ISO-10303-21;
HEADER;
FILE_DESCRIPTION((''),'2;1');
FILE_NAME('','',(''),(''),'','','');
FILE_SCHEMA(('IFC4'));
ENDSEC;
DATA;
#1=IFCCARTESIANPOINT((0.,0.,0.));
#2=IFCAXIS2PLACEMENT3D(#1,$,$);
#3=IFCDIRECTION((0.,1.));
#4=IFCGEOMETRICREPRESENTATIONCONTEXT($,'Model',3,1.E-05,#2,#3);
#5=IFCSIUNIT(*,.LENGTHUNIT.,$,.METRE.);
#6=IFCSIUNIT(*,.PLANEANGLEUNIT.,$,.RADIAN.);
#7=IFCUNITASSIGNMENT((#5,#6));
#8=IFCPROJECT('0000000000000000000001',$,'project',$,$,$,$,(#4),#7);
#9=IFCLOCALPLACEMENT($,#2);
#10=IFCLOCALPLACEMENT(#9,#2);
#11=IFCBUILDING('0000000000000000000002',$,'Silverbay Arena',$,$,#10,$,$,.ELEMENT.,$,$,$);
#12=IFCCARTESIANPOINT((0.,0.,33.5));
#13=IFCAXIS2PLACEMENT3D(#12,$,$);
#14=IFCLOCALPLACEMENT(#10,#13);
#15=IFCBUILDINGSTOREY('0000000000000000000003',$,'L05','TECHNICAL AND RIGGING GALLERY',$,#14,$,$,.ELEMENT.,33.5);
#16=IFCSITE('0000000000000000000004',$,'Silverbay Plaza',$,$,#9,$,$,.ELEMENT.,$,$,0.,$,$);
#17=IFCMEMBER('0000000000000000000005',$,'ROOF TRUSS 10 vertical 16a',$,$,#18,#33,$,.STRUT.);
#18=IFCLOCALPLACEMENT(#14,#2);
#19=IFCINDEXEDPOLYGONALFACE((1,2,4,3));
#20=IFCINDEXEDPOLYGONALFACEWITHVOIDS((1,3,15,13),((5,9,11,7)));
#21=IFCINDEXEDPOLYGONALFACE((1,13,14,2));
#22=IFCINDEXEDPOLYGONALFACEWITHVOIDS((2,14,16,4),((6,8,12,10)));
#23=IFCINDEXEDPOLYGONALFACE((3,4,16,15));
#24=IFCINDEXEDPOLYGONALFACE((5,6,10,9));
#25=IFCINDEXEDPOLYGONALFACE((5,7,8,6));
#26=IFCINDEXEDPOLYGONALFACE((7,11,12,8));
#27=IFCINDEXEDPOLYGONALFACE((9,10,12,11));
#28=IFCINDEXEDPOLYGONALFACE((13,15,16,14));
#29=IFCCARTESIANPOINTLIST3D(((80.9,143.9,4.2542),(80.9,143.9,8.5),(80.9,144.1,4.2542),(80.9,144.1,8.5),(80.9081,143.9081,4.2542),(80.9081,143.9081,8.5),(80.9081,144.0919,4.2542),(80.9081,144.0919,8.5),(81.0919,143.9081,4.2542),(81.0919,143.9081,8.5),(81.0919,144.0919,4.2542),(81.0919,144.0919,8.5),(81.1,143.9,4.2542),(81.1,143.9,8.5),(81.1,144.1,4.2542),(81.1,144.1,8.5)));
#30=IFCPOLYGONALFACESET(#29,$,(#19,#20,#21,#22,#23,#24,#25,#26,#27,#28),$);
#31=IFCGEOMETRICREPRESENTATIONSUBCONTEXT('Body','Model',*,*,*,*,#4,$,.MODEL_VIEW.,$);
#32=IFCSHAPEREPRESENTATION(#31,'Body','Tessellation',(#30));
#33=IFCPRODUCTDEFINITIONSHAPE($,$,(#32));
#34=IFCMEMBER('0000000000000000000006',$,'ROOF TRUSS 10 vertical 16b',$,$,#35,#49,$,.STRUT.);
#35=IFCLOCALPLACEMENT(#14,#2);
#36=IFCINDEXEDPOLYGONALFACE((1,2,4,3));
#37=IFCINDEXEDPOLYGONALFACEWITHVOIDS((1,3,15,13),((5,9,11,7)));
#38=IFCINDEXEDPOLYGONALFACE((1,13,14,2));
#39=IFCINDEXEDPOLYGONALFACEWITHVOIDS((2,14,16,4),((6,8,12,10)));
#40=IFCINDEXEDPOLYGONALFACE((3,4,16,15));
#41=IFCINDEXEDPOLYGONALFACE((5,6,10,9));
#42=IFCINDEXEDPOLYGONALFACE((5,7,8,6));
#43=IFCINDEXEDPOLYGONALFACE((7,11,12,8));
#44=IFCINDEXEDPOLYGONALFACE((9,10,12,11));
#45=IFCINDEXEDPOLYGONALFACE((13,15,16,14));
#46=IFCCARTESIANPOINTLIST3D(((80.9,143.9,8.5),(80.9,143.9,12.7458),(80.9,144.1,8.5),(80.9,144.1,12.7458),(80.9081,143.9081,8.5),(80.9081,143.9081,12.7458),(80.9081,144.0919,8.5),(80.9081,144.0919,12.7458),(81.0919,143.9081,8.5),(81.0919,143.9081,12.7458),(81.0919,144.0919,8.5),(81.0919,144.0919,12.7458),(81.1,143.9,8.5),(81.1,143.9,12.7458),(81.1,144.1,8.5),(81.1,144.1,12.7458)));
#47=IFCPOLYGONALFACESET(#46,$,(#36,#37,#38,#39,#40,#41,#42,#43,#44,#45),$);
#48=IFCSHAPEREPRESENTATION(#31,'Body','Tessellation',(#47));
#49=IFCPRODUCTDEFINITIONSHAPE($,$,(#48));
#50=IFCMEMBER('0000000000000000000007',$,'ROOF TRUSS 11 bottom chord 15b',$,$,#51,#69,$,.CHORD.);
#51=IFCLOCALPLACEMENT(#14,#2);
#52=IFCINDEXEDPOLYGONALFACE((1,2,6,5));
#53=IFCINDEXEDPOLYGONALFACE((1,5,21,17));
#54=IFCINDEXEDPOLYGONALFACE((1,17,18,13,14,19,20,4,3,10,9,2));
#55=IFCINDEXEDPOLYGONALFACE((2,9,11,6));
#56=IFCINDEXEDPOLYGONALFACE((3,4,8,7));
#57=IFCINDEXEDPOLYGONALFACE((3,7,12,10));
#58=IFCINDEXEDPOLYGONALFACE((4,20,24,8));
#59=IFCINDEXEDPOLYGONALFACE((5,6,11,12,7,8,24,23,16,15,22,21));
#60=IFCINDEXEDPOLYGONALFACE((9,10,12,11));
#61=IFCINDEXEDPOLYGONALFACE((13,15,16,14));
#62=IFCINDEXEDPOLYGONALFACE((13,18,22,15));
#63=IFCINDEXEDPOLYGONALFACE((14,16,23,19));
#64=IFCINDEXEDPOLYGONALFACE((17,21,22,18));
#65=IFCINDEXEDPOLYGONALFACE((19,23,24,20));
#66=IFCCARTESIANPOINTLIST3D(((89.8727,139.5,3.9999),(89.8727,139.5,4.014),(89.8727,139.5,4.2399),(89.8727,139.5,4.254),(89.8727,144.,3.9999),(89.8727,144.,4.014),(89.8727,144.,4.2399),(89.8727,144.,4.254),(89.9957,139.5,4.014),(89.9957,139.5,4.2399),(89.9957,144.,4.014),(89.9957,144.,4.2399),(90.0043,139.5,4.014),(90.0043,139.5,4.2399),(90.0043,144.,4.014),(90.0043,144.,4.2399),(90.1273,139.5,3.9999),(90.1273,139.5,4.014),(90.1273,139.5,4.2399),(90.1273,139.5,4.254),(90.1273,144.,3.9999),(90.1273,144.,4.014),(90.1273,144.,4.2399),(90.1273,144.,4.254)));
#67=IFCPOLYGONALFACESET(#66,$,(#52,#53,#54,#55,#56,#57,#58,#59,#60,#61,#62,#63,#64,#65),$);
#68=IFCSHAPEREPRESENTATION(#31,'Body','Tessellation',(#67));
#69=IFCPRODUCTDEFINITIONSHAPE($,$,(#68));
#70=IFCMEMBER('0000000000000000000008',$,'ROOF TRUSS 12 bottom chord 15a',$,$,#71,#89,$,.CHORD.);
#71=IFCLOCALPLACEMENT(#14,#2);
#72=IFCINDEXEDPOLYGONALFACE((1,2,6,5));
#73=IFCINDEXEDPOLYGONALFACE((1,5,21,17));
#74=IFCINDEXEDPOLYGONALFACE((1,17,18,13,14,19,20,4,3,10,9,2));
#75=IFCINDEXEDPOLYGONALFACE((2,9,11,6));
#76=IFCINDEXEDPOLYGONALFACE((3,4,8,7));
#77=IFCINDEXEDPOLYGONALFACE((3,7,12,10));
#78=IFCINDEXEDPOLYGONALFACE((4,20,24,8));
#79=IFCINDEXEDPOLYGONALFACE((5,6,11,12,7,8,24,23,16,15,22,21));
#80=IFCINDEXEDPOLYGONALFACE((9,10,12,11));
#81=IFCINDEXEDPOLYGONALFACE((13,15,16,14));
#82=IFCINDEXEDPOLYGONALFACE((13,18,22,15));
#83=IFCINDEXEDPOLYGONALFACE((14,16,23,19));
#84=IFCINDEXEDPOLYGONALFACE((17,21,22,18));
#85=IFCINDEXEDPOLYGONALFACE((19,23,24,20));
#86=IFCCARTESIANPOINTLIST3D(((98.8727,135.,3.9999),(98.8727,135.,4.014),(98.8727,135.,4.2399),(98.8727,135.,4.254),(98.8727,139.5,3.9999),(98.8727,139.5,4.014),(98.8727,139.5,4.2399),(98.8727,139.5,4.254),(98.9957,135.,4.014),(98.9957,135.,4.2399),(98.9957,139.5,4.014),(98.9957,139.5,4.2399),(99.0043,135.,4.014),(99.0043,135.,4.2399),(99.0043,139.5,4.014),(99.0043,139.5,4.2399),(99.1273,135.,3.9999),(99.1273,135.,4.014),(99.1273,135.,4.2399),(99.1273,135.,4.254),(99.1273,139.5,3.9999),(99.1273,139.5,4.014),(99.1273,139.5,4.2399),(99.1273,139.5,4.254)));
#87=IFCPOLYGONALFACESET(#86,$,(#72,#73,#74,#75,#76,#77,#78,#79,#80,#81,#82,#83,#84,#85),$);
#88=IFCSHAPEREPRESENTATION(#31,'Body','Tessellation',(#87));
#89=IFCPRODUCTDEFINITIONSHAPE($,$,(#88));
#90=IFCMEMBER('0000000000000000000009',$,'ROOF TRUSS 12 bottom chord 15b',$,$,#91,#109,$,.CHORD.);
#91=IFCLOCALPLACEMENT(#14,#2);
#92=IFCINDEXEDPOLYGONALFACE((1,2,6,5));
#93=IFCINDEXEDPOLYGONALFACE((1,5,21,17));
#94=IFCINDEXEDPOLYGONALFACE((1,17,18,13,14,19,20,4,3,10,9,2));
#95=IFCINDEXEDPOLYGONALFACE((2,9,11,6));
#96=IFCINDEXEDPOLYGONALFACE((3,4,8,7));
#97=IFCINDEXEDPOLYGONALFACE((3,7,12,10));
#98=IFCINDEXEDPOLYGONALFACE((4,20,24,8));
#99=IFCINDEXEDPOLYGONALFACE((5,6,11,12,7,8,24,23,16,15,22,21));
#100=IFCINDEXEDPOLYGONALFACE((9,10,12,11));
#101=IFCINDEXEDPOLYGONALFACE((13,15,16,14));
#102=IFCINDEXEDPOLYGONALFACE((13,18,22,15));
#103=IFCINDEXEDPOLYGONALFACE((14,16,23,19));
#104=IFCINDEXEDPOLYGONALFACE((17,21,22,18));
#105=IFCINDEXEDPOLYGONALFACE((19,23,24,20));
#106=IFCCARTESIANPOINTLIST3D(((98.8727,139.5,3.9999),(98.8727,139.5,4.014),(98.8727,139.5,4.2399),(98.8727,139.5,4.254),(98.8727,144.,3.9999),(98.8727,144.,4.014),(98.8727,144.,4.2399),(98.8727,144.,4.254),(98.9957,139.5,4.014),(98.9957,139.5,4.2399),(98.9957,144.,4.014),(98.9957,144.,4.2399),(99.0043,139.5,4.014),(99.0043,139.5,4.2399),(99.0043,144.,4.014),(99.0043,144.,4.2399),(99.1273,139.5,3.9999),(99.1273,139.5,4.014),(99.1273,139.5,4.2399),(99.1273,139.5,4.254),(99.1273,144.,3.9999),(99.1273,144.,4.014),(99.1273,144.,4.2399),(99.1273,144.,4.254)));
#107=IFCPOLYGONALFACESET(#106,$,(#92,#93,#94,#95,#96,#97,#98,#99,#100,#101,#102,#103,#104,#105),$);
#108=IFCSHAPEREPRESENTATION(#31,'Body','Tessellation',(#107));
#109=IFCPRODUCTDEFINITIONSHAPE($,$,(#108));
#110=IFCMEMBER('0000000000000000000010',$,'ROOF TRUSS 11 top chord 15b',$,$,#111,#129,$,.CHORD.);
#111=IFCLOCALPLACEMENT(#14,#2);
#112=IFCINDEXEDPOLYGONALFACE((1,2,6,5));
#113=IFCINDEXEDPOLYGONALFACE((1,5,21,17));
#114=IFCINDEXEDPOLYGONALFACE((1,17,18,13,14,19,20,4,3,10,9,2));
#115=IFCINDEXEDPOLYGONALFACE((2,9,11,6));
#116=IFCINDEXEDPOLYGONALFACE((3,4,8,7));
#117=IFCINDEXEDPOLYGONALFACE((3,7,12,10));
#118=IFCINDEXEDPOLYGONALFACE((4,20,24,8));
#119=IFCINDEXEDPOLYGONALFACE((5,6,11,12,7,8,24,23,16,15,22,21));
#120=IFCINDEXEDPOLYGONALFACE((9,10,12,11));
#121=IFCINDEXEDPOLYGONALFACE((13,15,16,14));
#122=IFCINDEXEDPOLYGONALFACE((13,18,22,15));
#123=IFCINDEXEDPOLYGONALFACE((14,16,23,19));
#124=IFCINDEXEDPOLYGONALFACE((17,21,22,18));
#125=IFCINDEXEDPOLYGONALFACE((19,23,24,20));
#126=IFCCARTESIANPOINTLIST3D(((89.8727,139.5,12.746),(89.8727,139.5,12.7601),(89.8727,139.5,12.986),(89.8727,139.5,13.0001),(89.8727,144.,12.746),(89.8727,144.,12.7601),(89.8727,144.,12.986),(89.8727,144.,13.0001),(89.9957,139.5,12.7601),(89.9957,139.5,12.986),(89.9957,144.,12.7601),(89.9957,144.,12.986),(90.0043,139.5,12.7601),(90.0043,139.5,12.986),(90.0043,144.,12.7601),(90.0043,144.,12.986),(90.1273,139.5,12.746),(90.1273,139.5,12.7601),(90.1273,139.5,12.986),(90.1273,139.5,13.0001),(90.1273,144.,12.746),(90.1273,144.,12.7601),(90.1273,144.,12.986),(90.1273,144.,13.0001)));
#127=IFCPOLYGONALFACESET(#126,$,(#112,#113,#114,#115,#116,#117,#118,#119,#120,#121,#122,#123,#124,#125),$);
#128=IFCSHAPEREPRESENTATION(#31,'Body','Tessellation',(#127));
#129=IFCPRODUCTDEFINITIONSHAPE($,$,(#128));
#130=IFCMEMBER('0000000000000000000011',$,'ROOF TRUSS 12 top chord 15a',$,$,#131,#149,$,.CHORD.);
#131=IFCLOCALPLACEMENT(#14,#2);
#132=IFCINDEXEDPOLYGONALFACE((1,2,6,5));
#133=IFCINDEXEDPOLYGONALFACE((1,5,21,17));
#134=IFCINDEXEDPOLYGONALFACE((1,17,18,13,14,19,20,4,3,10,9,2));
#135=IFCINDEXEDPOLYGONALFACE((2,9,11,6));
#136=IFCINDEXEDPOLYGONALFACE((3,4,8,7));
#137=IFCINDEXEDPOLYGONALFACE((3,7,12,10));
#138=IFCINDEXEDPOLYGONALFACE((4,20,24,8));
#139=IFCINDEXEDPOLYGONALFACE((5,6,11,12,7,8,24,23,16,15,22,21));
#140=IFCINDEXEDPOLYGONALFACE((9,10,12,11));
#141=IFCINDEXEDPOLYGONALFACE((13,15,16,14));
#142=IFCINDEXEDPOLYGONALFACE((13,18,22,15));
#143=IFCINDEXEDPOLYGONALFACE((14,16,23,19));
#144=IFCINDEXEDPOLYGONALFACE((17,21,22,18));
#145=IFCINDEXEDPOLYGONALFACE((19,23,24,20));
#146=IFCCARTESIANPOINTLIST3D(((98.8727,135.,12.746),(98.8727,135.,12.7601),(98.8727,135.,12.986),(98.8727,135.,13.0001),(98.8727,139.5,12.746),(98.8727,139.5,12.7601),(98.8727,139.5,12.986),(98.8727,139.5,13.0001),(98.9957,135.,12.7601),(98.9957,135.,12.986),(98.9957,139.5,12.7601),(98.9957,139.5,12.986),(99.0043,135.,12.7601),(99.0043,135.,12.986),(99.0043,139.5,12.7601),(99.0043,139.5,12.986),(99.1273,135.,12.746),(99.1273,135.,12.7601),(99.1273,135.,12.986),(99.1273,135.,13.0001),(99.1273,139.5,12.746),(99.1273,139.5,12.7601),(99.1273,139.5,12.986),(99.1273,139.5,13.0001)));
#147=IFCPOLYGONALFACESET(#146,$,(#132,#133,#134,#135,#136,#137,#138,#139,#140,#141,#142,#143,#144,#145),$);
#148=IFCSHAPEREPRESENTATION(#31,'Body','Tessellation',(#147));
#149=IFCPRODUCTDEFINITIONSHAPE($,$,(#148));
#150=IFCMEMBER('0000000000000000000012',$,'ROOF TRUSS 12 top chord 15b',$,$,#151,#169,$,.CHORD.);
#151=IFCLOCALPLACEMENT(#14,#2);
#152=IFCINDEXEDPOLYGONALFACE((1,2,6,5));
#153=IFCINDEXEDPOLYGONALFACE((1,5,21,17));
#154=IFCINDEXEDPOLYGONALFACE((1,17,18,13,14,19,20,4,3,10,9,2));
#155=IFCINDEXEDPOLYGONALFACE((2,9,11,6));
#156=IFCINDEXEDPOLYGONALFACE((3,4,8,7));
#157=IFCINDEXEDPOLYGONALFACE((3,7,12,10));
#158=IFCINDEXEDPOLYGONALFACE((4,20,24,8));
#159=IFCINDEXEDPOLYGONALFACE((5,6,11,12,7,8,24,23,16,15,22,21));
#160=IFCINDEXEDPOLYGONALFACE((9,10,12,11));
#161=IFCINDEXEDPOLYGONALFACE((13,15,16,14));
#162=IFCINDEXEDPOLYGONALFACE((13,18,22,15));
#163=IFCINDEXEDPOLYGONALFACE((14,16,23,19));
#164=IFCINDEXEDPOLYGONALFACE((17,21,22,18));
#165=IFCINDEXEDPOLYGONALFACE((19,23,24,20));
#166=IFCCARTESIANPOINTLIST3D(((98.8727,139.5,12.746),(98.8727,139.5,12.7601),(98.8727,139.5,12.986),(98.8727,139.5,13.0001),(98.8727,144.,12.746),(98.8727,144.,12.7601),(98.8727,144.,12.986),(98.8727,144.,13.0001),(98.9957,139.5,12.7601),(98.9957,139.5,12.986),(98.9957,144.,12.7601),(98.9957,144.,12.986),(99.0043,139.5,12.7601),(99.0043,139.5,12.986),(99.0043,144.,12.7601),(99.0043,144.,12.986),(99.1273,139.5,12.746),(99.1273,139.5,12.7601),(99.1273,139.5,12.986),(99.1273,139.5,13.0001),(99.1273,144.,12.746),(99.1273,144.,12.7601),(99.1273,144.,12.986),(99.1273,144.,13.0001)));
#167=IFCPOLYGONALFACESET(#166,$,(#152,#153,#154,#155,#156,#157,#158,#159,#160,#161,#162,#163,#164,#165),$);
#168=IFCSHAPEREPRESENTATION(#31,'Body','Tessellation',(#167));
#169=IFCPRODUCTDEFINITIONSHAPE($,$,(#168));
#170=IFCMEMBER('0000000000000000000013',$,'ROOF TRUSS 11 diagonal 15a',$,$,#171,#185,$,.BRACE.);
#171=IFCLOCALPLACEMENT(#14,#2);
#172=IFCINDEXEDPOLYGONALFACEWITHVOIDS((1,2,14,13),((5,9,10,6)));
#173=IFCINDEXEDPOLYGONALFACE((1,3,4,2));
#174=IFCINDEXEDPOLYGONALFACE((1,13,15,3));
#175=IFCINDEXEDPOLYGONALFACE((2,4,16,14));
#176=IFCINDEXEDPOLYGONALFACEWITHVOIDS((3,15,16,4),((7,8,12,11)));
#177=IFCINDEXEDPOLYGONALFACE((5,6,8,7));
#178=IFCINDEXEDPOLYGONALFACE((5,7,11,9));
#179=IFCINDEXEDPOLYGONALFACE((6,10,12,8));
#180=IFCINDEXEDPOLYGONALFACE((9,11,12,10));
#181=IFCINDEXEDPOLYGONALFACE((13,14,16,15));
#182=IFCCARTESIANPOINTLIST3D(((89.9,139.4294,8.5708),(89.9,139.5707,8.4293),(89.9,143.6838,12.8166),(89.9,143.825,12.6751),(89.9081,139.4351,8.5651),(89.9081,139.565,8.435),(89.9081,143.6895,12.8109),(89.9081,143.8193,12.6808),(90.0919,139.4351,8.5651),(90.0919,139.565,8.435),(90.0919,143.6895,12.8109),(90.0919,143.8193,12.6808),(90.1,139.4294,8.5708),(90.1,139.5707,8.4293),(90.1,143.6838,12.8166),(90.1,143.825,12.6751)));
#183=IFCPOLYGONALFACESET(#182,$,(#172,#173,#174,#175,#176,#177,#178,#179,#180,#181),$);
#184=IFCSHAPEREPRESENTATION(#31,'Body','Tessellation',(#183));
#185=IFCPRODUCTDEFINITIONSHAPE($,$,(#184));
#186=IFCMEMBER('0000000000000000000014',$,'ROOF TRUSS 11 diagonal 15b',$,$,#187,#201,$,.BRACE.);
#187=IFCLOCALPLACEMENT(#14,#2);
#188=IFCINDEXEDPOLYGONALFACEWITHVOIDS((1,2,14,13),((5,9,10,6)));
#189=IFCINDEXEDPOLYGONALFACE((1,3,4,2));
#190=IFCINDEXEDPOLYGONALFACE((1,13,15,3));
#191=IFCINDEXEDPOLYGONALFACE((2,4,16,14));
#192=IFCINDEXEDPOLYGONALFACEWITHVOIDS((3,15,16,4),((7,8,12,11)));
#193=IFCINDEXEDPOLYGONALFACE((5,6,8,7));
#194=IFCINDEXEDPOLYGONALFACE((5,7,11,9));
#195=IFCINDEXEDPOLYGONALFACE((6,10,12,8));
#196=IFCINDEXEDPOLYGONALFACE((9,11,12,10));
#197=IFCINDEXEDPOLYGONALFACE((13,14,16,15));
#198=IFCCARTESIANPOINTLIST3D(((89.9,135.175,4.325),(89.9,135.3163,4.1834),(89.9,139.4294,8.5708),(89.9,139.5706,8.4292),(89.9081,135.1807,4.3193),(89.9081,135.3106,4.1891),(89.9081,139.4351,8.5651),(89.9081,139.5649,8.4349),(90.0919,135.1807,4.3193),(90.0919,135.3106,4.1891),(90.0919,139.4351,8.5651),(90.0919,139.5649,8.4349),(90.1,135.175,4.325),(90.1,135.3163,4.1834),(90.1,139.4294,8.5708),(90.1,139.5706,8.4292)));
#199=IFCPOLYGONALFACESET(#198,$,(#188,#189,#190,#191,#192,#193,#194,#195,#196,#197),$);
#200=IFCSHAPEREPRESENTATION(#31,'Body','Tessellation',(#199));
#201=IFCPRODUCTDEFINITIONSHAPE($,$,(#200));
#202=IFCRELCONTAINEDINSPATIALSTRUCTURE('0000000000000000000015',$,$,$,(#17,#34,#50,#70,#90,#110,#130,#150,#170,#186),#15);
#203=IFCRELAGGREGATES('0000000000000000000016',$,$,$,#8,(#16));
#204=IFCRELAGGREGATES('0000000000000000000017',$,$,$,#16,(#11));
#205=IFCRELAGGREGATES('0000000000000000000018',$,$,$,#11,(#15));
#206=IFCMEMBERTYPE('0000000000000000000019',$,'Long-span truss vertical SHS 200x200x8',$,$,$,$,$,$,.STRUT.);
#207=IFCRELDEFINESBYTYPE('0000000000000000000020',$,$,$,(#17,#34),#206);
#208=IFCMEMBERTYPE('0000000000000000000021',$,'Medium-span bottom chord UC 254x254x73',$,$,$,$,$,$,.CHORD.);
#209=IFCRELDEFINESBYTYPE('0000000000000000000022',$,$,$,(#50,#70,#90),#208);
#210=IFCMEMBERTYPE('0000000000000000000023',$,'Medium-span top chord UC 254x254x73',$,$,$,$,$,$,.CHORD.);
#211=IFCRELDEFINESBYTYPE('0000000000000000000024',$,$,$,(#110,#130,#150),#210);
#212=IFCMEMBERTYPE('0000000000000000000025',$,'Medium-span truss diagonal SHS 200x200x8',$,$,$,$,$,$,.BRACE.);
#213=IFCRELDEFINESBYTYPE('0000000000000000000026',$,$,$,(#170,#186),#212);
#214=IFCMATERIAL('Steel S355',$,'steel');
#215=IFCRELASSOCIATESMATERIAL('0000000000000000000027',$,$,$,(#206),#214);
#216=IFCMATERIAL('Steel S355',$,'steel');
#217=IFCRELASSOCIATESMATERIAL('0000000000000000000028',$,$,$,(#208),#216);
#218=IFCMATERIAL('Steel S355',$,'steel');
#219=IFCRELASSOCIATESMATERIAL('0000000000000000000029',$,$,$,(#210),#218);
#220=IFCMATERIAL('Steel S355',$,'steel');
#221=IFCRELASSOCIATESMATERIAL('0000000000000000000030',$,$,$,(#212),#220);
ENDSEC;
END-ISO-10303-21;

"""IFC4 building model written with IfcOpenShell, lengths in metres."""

from ifc_helpers import new_model, si_unit, direction, frame, origin, origin_2d, place, context, subcontext, project, spatial, hollow_rectangle, i_section, extrude, material, material_profile, profile_set, type_object, element, save


model = new_model("IFC4")

# Units and contexts
model_context = context("Model", 3, precision=1e-05, world=origin(), true_north=direction((0.0, 1.0)))
body_context = subcontext(model_context, "Body", "Model", "MODEL_VIEW")
ifc_project = project(units=[si_unit("LENGTHUNIT", "METRE"), si_unit("PLANEANGLEUNIT", "RADIAN")], contexts=[model_context])

# Site, building, storey
site_placement = place(None, origin())
site = spatial("IfcSite", under=ifc_project, at=site_placement, Name="Silverbay Plaza", CompositionType="ELEMENT", RefElevation=0.0)
building_placement = place(site_placement, origin())
building = spatial("IfcBuilding", under=site, at=building_placement, Name="Silverbay Arena", CompositionType="ELEMENT")
storey_placement = place(building_placement, frame((0.0, 0.0, 33.5)))
storey = spatial("IfcBuildingStorey", under=building, at=storey_placement, Name="L05", Description="TECHNICAL AND RIGGING GALLERY", CompositionType="ELEMENT", Elevation=33.5)

# Members
ifc_material_1 = material(Name="Steel S355", Category="steel")
ifc_material_profile_1 = material_profile(ifc_material_1, hollow_rectangle(XDim=0.2, YDim=0.2, WallThickness=0.0081, at=origin_2d()), Name="SHS 200x200x8")
ifc_profile_set_1 = profile_set([ifc_material_profile_1], Name="Steel S355")
member_type_1 = type_object("IfcMemberType", Name="Long-span truss vertical SHS 200x200x8", PredefinedType="STRUT", material=ifc_profile_set_1)
for number, where, z_axis, x_axis, name in (
    (1, (81.0, 144.0, 4.2542), (0.0, 0.0, 1.0), (1.0, 0.0, 0.0), "ROOF TRUSS 10 vertical 16a"),
    (2, (81.0, 144.0, 8.5), (0.0, 0.0, 1.0), (1.0, 0.0, 0.0), "ROOF TRUSS 10 vertical 16b"),
):
    element("IfcMember", number, at=place(storey_placement, frame(where, z_axis=z_axis, x_axis=x_axis)), inside=storey, type_object=member_type_1, Name=name, PredefinedType="STRUT", context=body_context, shape_type="SweptSolid", body=[
        extrude(hollow_rectangle(XDim=0.2, YDim=0.2, WallThickness=0.0081, at=origin_2d()), origin(), (0.0, 0.0, 1.0), 4.2458),
    ])
ifc_material_2 = material(Name="Steel S355", Category="steel")
ifc_material_profile_2 = material_profile(ifc_material_2, i_section(OverallWidth=0.2546, OverallDepth=0.2542, WebThickness=0.0085, FlangeThickness=0.0142, at=origin_2d()), Name="UC 254x254x73")
ifc_profile_set_2 = profile_set([ifc_material_profile_2], Name="Steel S355")
member_type_2 = type_object("IfcMemberType", Name="Medium-span bottom chord UC 254x254x73", PredefinedType="CHORD", material=ifc_profile_set_2)
for number, where, z_axis, x_axis, name in (
    (3, (90.0, 139.5, 4.127), (0.0, 1.0, 0.0), (-1.0, 0.0, 0.0), "ROOF TRUSS 11 bottom chord 15b"),
    (4, (99.0, 135.0, 4.127), (0.0, 1.0, 0.0), (-1.0, 0.0, 0.0), "ROOF TRUSS 12 bottom chord 15a"),
    (5, (99.0, 139.5, 4.127), (0.0, 1.0, 0.0), (-1.0, 0.0, 0.0), "ROOF TRUSS 12 bottom chord 15b"),
):
    element("IfcMember", number, at=place(storey_placement, frame(where, z_axis=z_axis, x_axis=x_axis)), inside=storey, type_object=member_type_2, Name=name, PredefinedType="CHORD", context=body_context, shape_type="SweptSolid", body=[
        extrude(i_section(OverallWidth=0.2546, OverallDepth=0.2542, WebThickness=0.0085, FlangeThickness=0.0142, at=origin_2d()), origin(), (0.0, 0.0, 1.0), 4.5),
    ])
ifc_material_3 = material(Name="Steel S355", Category="steel")
ifc_material_profile_3 = material_profile(ifc_material_3, i_section(OverallWidth=0.2546, OverallDepth=0.2542, WebThickness=0.0085, FlangeThickness=0.0142, at=origin_2d()), Name="UC 254x254x73")
ifc_profile_set_3 = profile_set([ifc_material_profile_3], Name="Steel S355")
member_type_3 = type_object("IfcMemberType", Name="Medium-span top chord UC 254x254x73", PredefinedType="CHORD", material=ifc_profile_set_3)
for number, where, z_axis, x_axis, name in (
    (6, (90.0, 139.5, 12.873), (0.0, 1.0, 0.0), (-1.0, 0.0, 0.0), "ROOF TRUSS 11 top chord 15b"),
    (7, (99.0, 135.0, 12.873), (0.0, 1.0, 0.0), (-1.0, 0.0, 0.0), "ROOF TRUSS 12 top chord 15a"),
    (8, (99.0, 139.5, 12.873), (0.0, 1.0, 0.0), (-1.0, 0.0, 0.0), "ROOF TRUSS 12 top chord 15b"),
):
    element("IfcMember", number, at=place(storey_placement, frame(where, z_axis=z_axis, x_axis=x_axis)), inside=storey, type_object=member_type_3, Name=name, PredefinedType="CHORD", context=body_context, shape_type="SweptSolid", body=[
        extrude(i_section(OverallWidth=0.2546, OverallDepth=0.2542, WebThickness=0.0085, FlangeThickness=0.0142, at=origin_2d()), origin(), (0.0, 0.0, 1.0), 4.5),
    ])
ifc_material_4 = material(Name="Steel S355", Category="steel")
ifc_material_profile_4 = material_profile(ifc_material_4, hollow_rectangle(XDim=0.2, YDim=0.2, WallThickness=0.0081, at=origin_2d()), Name="SHS 200x200x8")
ifc_profile_set_4 = profile_set([ifc_material_profile_4], Name="Steel S355")
member_type_4 = type_object("IfcMemberType", Name="Medium-span truss diagonal SHS 200x200x8", PredefinedType="BRACE", material=ifc_profile_set_4)
for number, where, z_axis, x_axis, name in (
    (9, (90.0, 143.7544, 12.7458), (0.0, -0.707817, -0.706396), (1.0, 0.0, 0.0), "ROOF TRUSS 11 diagonal 15a"),
    (10, (90.0, 139.5, 8.5), (0.0, -0.707817, -0.706396), (1.0, 0.0, 0.0), "ROOF TRUSS 11 diagonal 15b"),
):
    element("IfcMember", number, at=place(storey_placement, frame(where, z_axis=z_axis, x_axis=x_axis)), inside=storey, type_object=member_type_4, Name=name, PredefinedType="BRACE", context=body_context, shape_type="SweptSolid", body=[
        extrude(hollow_rectangle(XDim=0.2, YDim=0.2, WallThickness=0.0081, at=origin_2d()), origin(), (0.0, 0.0, 1.0), 6.0105),
    ])

save(model, "model.ifc")
